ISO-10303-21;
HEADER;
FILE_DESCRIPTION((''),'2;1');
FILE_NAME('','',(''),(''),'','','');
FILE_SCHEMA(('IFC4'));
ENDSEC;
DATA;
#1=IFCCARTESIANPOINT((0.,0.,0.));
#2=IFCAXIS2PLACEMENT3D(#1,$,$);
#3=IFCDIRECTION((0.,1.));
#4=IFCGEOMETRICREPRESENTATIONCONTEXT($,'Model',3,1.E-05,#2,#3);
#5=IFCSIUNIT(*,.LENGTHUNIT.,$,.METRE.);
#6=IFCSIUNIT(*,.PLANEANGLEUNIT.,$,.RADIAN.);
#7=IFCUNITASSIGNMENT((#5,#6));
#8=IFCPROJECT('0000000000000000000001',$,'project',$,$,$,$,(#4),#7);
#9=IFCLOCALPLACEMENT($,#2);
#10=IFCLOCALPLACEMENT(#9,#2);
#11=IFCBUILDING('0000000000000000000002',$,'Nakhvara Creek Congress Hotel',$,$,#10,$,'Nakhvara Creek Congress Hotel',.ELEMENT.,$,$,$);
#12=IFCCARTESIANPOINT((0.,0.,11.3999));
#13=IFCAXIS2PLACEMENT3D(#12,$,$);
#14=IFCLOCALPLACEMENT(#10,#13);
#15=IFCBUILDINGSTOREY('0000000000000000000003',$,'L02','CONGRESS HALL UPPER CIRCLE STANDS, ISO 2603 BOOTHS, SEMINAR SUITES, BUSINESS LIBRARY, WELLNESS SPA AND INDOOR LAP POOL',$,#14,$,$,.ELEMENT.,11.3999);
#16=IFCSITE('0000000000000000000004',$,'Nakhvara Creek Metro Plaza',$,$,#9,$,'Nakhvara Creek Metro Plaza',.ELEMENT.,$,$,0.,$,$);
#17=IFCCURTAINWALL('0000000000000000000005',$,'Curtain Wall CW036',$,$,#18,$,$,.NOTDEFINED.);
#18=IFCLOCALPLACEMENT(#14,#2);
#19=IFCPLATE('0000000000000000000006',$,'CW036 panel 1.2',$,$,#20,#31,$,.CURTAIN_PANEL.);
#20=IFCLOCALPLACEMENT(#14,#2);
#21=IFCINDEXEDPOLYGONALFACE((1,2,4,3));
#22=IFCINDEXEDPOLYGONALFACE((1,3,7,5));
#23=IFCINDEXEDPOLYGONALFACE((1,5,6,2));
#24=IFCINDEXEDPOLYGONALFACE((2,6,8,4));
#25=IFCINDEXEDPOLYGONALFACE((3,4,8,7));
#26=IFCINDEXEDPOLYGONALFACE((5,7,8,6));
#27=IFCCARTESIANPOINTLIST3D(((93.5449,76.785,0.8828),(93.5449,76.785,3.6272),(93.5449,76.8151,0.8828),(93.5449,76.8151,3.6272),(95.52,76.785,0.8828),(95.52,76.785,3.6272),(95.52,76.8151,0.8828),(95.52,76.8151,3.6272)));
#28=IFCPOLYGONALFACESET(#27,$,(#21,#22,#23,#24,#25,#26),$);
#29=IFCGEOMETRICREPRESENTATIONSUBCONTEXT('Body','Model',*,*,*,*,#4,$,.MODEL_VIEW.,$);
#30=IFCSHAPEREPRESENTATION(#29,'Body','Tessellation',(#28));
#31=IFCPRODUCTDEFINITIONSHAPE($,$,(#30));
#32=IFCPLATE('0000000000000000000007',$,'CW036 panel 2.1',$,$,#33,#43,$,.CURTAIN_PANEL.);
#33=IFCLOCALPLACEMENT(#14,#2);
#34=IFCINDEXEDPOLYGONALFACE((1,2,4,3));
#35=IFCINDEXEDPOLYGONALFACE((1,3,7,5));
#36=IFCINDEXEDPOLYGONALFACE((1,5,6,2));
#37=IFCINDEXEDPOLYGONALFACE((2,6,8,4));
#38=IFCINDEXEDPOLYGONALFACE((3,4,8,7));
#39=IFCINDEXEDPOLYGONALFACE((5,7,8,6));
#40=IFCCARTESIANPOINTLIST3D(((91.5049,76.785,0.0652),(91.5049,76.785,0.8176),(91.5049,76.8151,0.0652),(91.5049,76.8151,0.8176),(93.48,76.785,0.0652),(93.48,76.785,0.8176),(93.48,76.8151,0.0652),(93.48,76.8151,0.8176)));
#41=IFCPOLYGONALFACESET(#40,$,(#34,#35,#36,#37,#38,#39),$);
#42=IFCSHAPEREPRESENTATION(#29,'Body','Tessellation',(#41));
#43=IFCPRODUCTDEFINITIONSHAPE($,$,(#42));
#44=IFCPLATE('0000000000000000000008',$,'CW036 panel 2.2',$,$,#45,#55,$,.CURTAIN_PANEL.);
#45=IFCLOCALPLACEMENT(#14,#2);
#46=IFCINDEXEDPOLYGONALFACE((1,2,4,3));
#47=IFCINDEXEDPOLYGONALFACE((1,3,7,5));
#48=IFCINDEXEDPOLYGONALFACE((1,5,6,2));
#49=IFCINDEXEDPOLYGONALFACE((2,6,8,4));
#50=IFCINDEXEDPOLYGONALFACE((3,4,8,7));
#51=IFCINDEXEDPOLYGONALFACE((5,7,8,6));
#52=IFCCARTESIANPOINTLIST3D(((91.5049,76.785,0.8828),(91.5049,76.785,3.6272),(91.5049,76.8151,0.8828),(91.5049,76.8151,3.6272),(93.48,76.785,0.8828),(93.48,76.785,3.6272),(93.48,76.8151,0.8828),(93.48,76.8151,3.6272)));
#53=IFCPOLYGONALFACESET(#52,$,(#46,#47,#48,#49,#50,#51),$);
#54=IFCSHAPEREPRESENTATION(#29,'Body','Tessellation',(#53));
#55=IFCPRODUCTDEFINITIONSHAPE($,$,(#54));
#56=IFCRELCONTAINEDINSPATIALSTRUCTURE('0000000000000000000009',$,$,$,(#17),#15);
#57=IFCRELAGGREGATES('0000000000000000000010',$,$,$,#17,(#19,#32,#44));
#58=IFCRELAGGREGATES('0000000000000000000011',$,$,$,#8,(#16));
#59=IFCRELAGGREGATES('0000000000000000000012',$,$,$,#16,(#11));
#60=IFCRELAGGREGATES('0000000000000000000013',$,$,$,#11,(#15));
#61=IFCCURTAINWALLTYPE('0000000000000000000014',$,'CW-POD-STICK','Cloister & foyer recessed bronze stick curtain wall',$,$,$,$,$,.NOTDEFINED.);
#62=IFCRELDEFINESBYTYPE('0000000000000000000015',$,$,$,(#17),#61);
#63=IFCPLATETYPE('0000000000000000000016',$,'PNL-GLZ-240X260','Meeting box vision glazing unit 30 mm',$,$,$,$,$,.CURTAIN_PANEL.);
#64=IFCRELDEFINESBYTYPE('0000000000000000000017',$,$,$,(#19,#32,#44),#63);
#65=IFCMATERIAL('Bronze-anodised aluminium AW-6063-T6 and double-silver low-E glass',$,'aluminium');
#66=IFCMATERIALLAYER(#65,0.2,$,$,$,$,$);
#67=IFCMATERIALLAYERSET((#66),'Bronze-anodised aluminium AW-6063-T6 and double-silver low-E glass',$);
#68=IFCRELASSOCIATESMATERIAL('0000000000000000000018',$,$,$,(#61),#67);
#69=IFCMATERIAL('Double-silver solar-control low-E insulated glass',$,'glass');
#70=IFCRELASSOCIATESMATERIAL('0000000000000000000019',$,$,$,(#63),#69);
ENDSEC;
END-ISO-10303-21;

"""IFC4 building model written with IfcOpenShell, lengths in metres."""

from ifc_helpers import new_model, si_unit, direction, frame, origin, origin_2d, place, context, subcontext, project, spatial, rectangle, extrude, material, layer, layer_set, type_object, element, aggregate, save


model = new_model("IFC4")

# Units and contexts
model_context = context("Model", 3, precision=1e-05, world=origin(), true_north=direction((0.0, 1.0)))
body_context = subcontext(model_context, "Body", "Model", "MODEL_VIEW")
ifc_project = project(units=[si_unit("LENGTHUNIT", "METRE"), si_unit("PLANEANGLEUNIT", "RADIAN")], contexts=[model_context])

# Site, building, storey
site_placement = place(None, origin())
site = spatial("IfcSite", under=ifc_project, at=site_placement, Name="Nakhvara Creek Metro Plaza", LongName="Nakhvara Creek Metro Plaza", CompositionType="ELEMENT", RefElevation=0.0)
building_placement = place(site_placement, origin())
building = spatial("IfcBuilding", under=site, at=building_placement, Name="Nakhvara Creek Congress Hotel", LongName="Nakhvara Creek Congress Hotel", CompositionType="ELEMENT")
storey_placement = place(building_placement, frame((0.0, 0.0, 11.3999)))
storey = spatial("IfcBuildingStorey", under=building, at=storey_placement, Name="L02", Description="CONGRESS HALL UPPER CIRCLE STANDS, ISO 2603 BOOTHS, SEMINAR SUITES, BUSINESS LIBRARY, WELLNESS SPA AND INDOOR LAP POOL", CompositionType="ELEMENT", Elevation=11.3999)

# Curtain wall
ifc_material_1 = material(Name="Bronze-anodised aluminium AW-6063-T6 and double-silver low-E glass", Category="aluminium")
ifc_layer = layer(ifc_material_1, 0.2)
ifc_layer_set = layer_set([ifc_layer], Name="Bronze-anodised aluminium AW-6063-T6 and double-silver low-E glass")
curtain_wall_type = type_object("IfcCurtainWallType", Name="CW-POD-STICK", Description="Cloister & foyer recessed bronze stick curtain wall", PredefinedType="NOTDEFINED", material=ifc_layer_set)
curtain_wall_1_placement = place(storey_placement, origin())
curtain_wall_1 = element("IfcCurtainWall", 1, at=curtain_wall_1_placement, inside=storey, type_object=curtain_wall_type, Name="Curtain Wall CW036", PredefinedType="NOTDEFINED")

# Plates
ifc_material_2 = material(Name="Double-silver solar-control low-E insulated glass", Category="glass")
plate_type = type_object("IfcPlateType", Name="PNL-GLZ-240X260", Description="Meeting box vision glazing unit 30 mm", PredefinedType="CURTAIN_PANEL", material=ifc_material_2)
plate_1_placement = place(storey_placement, frame((94.5325, 76.8, 0.8828), z_axis=(0.0, 0.0, 1.0), x_axis=(-1.0, 0.0, 0.0)))
plate_1 = element("IfcPlate", 2, at=plate_1_placement, type_object=plate_type, Name="CW036 panel 1.2", PredefinedType="CURTAIN_PANEL", context=body_context, shape_type="SweptSolid", body=[
    extrude(rectangle(XDim=1.9751, YDim=0.03, at=origin_2d()), origin(), (0.0, 0.0, 1.0), 2.7444),
])
plate_2_placement = place(storey_placement, frame((92.4924, 76.8, 0.0652), z_axis=(0.0, 0.0, 1.0), x_axis=(-1.0, 0.0, 0.0)))
plate_2 = element("IfcPlate", 3, at=plate_2_placement, type_object=plate_type, Name="CW036 panel 2.1", PredefinedType="CURTAIN_PANEL", context=body_context, shape_type="SweptSolid", body=[
    extrude(rectangle(XDim=1.9751, YDim=0.03, at=origin_2d()), origin(), (0.0, 0.0, 1.0), 0.7524),
])
plate_3_placement = place(storey_placement, frame((92.4924, 76.8, 0.8828), z_axis=(0.0, 0.0, 1.0), x_axis=(-1.0, 0.0, 0.0)))
plate_3 = element("IfcPlate", 4, at=plate_3_placement, type_object=plate_type, Name="CW036 panel 2.2", PredefinedType="CURTAIN_PANEL", context=body_context, shape_type="SweptSolid", body=[
    extrude(rectangle(XDim=1.9751, YDim=0.03, at=origin_2d()), origin(), (0.0, 0.0, 1.0), 2.7444),
])
aggregate(curtain_wall_1, [plate_1, plate_2, plate_3])

save(model, "model.ifc")
